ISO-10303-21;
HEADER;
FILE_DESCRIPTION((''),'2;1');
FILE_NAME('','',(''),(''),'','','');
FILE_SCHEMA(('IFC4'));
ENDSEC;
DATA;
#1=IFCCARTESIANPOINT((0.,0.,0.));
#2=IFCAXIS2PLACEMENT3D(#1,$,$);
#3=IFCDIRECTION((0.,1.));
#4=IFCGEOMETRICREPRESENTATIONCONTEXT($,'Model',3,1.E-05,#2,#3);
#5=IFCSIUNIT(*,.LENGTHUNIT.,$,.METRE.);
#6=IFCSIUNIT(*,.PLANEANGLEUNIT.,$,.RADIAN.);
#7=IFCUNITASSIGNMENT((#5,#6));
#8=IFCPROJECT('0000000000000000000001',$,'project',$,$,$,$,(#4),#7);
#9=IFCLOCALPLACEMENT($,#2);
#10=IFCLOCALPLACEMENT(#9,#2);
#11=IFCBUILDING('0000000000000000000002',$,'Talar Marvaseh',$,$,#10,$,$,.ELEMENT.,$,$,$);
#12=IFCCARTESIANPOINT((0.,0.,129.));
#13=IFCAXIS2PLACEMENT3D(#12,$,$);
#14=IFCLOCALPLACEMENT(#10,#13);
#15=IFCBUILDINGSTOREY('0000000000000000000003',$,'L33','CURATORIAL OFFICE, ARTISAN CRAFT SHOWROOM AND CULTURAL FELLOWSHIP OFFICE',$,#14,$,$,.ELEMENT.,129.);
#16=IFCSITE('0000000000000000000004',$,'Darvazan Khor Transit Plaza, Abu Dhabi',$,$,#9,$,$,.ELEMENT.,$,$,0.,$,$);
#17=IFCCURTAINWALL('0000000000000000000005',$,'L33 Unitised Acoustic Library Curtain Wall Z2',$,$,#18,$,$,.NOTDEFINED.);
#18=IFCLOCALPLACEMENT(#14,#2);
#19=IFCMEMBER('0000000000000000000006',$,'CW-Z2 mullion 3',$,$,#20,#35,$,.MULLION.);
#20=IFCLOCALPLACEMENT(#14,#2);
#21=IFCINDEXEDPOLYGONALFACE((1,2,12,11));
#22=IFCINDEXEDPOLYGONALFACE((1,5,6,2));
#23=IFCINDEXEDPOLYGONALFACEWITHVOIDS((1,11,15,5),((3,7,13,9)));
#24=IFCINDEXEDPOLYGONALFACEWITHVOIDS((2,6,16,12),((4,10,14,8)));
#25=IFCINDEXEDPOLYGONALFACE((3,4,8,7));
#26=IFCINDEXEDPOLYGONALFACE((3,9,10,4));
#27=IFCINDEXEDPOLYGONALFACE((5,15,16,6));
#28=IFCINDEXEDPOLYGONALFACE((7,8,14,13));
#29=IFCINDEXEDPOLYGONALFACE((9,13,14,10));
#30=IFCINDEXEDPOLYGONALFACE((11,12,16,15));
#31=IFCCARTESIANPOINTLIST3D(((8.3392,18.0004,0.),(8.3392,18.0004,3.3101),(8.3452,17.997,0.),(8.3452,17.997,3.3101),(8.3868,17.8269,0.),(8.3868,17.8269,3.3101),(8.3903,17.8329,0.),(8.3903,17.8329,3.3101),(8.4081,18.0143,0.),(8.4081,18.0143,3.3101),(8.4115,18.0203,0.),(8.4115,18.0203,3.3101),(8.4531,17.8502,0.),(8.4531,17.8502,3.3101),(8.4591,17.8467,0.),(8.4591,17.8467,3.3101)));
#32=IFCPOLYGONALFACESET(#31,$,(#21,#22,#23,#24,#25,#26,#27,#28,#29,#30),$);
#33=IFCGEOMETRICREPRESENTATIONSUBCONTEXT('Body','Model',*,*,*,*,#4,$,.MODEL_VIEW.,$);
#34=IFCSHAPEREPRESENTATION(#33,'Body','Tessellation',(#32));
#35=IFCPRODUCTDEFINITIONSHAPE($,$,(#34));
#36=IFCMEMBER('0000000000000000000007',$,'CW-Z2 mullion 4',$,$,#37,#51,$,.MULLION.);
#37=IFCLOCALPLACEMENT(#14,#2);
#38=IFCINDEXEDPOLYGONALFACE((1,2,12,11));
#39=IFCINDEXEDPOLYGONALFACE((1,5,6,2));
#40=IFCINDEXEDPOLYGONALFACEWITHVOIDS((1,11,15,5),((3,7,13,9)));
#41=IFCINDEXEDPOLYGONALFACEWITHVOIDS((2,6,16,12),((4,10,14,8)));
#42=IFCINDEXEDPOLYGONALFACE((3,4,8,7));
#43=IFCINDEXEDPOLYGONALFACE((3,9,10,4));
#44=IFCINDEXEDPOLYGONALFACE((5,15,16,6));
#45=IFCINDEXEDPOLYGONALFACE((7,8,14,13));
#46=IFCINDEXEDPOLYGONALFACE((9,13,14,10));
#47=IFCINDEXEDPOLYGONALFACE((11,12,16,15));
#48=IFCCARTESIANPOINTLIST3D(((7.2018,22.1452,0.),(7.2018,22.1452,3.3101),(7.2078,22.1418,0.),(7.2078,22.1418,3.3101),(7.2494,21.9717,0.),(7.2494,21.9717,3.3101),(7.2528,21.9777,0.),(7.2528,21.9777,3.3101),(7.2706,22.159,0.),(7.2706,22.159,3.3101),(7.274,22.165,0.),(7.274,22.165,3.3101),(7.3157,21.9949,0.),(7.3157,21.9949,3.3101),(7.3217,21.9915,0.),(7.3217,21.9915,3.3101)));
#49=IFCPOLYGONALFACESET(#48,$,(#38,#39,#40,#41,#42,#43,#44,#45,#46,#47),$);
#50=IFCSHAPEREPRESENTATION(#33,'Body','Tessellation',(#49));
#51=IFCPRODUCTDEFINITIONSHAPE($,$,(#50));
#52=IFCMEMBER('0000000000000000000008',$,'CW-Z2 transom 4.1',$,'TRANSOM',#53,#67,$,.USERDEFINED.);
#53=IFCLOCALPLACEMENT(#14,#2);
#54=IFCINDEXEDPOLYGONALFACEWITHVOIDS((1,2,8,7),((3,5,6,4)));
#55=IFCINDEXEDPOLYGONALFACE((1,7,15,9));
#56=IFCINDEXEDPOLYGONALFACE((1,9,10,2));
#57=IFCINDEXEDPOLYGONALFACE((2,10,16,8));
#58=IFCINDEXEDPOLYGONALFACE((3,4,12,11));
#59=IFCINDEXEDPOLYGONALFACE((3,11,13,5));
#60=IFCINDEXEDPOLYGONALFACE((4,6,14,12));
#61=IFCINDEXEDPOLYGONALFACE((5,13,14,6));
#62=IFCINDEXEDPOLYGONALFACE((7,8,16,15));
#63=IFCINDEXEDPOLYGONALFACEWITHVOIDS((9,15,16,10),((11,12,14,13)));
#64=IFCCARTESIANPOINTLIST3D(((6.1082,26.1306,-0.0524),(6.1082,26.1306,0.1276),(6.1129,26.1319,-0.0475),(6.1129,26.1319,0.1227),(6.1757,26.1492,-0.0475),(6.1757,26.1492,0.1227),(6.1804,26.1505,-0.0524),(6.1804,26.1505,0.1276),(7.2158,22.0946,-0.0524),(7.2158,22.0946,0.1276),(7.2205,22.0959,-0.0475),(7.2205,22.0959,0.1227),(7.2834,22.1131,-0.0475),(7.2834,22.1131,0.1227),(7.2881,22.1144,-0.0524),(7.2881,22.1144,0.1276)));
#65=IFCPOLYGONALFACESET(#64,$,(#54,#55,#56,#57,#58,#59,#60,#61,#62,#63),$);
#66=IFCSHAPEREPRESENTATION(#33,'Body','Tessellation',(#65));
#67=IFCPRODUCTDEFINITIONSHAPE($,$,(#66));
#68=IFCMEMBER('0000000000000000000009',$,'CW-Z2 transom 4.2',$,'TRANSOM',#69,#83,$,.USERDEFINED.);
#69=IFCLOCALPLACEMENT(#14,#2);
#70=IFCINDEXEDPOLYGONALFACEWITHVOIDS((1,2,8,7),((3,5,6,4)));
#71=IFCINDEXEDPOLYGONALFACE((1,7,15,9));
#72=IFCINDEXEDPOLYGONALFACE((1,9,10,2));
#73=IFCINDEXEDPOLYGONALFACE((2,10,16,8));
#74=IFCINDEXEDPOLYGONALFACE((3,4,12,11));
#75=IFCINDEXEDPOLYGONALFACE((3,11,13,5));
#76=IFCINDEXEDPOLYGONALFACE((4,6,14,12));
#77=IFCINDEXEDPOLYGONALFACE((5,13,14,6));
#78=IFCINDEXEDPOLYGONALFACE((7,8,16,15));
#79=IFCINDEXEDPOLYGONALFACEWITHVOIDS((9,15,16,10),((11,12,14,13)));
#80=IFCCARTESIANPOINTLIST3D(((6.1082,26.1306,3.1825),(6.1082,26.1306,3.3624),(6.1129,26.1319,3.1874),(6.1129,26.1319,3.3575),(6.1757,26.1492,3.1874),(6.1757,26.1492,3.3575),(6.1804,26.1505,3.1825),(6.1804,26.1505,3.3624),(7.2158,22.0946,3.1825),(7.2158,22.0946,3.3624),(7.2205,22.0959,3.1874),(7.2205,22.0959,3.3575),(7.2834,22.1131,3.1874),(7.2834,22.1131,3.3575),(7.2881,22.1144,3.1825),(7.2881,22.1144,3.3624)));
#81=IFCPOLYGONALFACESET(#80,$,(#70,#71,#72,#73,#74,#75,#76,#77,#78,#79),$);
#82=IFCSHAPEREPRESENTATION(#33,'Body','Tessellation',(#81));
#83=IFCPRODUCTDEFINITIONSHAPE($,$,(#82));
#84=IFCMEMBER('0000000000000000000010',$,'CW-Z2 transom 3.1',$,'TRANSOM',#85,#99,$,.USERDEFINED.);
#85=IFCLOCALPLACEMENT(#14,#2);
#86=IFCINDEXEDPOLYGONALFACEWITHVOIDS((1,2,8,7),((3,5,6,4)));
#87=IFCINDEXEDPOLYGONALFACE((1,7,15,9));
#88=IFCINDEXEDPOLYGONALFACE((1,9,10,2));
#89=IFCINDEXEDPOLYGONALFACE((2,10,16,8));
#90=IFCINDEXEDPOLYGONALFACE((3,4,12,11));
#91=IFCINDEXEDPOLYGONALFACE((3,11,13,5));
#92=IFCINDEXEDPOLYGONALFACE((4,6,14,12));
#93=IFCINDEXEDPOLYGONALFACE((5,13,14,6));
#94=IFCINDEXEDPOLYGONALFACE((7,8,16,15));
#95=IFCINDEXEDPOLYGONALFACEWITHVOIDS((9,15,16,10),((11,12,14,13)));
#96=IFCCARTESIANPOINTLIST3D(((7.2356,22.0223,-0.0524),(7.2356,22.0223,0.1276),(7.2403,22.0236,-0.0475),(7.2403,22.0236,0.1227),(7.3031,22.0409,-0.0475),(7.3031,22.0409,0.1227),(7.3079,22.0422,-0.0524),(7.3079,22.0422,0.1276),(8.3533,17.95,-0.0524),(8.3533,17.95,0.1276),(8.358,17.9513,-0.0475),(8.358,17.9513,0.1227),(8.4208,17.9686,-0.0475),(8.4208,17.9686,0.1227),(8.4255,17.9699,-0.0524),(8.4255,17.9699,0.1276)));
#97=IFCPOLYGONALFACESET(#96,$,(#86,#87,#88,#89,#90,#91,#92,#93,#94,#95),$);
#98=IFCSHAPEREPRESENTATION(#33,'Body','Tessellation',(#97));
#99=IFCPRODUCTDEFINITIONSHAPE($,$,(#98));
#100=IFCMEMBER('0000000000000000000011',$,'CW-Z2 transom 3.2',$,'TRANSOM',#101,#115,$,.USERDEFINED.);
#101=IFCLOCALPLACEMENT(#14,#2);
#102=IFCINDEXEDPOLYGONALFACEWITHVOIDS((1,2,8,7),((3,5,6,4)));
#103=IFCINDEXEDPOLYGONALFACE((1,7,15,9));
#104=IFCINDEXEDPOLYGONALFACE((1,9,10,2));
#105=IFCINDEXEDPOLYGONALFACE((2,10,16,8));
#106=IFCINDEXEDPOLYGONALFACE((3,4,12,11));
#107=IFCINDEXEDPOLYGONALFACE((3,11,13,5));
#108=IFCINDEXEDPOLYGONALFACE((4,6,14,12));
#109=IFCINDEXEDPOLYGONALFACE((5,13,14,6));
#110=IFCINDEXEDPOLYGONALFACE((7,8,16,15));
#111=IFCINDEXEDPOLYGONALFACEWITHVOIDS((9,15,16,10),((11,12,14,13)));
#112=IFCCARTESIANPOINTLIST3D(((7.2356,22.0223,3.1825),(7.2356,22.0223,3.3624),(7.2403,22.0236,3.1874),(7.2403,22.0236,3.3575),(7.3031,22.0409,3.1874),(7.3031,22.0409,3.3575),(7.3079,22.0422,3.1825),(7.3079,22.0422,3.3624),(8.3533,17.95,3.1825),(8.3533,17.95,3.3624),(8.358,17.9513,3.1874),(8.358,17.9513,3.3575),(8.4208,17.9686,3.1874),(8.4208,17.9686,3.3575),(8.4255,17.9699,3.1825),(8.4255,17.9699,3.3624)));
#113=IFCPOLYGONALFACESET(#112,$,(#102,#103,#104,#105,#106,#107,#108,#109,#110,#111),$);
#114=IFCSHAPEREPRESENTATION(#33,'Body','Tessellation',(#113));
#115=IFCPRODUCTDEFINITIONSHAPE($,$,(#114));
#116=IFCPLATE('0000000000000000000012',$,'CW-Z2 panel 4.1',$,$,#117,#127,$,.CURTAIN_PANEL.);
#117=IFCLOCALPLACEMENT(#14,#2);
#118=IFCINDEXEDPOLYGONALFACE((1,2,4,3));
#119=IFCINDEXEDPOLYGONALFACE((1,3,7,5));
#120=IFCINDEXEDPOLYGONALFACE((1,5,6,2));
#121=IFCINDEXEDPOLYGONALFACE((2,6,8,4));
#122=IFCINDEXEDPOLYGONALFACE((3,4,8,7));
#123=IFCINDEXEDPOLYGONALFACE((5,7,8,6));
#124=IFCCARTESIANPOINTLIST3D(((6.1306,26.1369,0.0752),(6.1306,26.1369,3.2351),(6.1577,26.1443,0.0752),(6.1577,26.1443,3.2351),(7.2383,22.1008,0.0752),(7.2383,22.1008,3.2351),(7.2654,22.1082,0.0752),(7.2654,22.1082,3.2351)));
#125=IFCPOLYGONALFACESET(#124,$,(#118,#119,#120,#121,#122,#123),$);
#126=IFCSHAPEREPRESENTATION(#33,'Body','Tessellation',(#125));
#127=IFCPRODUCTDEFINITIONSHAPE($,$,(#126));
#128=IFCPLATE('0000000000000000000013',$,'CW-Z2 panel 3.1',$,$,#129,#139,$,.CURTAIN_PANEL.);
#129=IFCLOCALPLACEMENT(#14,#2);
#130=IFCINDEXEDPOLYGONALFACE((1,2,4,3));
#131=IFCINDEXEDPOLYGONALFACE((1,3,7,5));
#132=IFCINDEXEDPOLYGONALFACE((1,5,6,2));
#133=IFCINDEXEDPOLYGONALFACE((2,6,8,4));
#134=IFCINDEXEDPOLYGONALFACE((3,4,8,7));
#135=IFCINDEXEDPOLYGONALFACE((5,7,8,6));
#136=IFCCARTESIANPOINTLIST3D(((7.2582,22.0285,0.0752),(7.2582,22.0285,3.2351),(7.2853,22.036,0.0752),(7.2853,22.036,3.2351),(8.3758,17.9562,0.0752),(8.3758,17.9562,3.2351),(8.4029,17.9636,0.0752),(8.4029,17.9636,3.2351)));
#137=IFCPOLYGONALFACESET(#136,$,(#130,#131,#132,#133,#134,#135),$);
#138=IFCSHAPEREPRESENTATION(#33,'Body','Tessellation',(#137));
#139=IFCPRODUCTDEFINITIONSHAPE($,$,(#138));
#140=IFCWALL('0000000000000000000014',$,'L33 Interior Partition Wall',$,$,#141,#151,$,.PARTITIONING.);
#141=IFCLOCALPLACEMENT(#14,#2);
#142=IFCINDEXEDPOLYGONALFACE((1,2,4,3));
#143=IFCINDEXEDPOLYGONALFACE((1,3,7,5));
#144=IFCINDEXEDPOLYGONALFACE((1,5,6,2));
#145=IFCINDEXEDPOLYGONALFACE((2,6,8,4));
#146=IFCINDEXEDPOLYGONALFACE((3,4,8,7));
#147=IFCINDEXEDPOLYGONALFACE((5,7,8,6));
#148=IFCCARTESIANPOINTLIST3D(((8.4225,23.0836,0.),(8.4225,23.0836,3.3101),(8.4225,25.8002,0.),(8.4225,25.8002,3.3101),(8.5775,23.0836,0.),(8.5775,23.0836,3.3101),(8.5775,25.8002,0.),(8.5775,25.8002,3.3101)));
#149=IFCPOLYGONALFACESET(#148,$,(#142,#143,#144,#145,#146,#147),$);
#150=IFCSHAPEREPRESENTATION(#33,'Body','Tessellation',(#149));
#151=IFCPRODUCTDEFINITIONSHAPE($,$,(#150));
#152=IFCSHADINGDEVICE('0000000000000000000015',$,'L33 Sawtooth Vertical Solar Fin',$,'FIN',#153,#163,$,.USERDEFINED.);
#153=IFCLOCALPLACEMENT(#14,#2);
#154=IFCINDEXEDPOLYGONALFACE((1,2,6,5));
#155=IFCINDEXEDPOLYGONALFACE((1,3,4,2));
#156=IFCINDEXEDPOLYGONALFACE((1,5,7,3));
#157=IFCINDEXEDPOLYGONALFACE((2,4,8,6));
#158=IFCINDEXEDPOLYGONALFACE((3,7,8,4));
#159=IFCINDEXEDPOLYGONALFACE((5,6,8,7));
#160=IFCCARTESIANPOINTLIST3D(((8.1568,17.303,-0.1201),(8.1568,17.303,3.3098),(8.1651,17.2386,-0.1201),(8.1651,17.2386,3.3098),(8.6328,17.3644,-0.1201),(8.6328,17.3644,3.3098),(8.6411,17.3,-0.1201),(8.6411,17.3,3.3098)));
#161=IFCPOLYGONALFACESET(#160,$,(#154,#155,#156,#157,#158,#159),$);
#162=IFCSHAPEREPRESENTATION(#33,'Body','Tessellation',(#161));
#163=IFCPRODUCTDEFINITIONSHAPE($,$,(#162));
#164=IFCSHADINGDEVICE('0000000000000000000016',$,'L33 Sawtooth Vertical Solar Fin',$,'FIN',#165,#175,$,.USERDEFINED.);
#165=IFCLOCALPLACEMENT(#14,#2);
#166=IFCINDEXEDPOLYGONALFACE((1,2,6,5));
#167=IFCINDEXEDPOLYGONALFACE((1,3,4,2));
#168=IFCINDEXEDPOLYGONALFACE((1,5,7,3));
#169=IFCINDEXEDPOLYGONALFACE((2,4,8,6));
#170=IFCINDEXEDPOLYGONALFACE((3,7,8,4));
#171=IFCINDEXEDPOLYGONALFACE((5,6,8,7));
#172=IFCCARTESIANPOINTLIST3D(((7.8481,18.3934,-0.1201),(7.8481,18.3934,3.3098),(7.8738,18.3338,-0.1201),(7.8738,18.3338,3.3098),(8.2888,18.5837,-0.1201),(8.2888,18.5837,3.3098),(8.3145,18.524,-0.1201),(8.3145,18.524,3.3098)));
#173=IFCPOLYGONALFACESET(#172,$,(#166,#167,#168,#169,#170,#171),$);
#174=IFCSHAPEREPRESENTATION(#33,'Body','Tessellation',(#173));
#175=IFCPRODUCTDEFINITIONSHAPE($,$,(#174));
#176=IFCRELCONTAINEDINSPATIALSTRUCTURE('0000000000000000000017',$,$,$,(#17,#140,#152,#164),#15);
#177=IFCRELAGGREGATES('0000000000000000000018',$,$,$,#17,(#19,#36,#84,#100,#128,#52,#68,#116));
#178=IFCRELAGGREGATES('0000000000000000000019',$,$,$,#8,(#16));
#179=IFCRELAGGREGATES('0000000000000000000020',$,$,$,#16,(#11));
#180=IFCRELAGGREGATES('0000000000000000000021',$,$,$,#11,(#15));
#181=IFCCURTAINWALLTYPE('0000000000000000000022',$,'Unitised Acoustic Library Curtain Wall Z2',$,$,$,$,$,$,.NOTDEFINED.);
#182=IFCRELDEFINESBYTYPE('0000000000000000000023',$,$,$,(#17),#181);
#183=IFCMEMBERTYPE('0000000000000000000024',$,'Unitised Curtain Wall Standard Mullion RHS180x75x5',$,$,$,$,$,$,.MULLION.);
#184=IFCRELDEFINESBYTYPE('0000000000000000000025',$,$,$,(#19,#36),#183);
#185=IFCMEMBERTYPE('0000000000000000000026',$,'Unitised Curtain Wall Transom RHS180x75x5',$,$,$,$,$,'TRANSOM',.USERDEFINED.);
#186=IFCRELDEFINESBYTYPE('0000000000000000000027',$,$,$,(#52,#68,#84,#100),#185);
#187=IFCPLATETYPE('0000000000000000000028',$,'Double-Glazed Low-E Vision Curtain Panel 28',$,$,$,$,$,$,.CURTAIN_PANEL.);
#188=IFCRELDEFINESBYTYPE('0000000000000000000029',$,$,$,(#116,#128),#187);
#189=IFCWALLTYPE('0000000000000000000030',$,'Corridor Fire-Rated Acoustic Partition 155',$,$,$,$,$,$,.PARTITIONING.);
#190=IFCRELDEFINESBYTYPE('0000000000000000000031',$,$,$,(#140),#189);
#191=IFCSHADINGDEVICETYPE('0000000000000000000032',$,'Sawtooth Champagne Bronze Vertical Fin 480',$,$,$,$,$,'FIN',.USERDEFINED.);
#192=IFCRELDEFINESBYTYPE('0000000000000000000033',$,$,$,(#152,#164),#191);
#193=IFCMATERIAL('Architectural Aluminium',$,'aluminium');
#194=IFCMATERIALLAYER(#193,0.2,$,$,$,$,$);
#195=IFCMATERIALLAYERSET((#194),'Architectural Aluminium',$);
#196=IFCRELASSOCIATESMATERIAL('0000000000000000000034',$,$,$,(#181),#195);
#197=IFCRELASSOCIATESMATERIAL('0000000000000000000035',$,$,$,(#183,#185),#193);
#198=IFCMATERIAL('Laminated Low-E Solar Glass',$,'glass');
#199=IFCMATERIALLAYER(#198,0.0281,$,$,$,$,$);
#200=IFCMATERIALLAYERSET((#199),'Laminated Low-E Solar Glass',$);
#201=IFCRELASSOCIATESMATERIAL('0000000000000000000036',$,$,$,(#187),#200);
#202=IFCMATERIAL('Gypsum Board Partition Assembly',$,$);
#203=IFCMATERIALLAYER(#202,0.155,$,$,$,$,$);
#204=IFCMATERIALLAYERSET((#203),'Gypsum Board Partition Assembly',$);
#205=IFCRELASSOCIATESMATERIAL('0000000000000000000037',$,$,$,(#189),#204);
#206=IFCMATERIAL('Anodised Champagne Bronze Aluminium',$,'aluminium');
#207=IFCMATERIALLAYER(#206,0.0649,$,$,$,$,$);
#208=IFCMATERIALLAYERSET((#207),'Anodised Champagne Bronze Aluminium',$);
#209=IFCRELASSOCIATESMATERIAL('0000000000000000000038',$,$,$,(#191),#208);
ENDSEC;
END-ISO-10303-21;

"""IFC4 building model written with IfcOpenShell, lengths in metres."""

from ifc_helpers import new_model, si_unit, direction, frame, frame_2d, origin, origin_2d, place, context, subcontext, project, spatial, rectangle, hollow_rectangle, extrude, source, transform, mapped, material, layer, layer_set, material_profile, profile_set, type_object, type_shapes, element, aggregate, save


model = new_model("IFC4")

# Units and contexts
model_context = context("Model", 3, precision=1e-05, world=origin(), true_north=direction((0.0, 1.0)))
body_context = subcontext(model_context, "Body", "Model", "MODEL_VIEW")
ifc_project = project(units=[si_unit("LENGTHUNIT", "METRE"), si_unit("PLANEANGLEUNIT", "RADIAN")], contexts=[model_context])

# Site, building, storey
site_placement = place(None, origin())
site = spatial("IfcSite", under=ifc_project, at=site_placement, Name="Darvazan Khor Transit Plaza, Abu Dhabi", CompositionType="ELEMENT", RefElevation=0.0)
building_placement = place(site_placement, origin())
building = spatial("IfcBuilding", under=site, at=building_placement, Name="Talar Marvaseh", CompositionType="ELEMENT")
storey_placement = place(building_placement, frame((0.0, 0.0, 129.0)))
storey = spatial("IfcBuildingStorey", under=building, at=storey_placement, Name="L33", Description="CURATORIAL OFFICE, ARTISAN CRAFT SHOWROOM AND CULTURAL FELLOWSHIP OFFICE", CompositionType="ELEMENT", Elevation=129.0)

# Curtain wall, members, plates
ifc_material_1 = material(Name="Architectural Aluminium", Category="aluminium")
ifc_layer_1 = layer(ifc_material_1, 0.2)
ifc_layer_set_1 = layer_set([ifc_layer_1], Name="Architectural Aluminium")
curtain_wall_type = type_object("IfcCurtainWallType", Name="Unitised Acoustic Library Curtain Wall Z2", PredefinedType="NOTDEFINED", material=ifc_layer_set_1)
curtain_wall_placement = place(storey_placement, origin())
curtain_wall = element("IfcCurtainWall", 1, at=curtain_wall_placement, inside=storey, type_object=curtain_wall_type, Name="L33 Unitised Acoustic Library Curtain Wall Z2", PredefinedType="NOTDEFINED")
ifc_material_profile_1 = material_profile(ifc_material_1, hollow_rectangle(XDim=0.075, YDim=0.1799, WallThickness=0.0049, at=origin_2d()), Name="RHS180x75x5")
ifc_profile_set_1 = profile_set([ifc_material_profile_1], Name="Architectural Aluminium")
member_type_1 = type_object("IfcMemberType", Name="Unitised Curtain Wall Standard Mullion RHS180x75x5", PredefinedType="MULLION", material=ifc_profile_set_1)
shared_shape_1 = source(origin(), body_context, "Body", "SweptSolid", [
    extrude(hollow_rectangle(XDim=0.075, YDim=0.1799, WallThickness=0.0049, at=origin_2d()), origin(), (0.0, 0.0, 1.0), 3.3101),
])
type_shapes(member_type_1, [shared_shape_1])
member_1_placement = place(storey_placement, frame((8.3992, 17.9236, 0.0), z_axis=(0.0, 0.0, 1.0), x_axis=(-0.964345, -0.264647, 0.0)))
member_1 = element("IfcMember", 2, at=member_1_placement, type_object=member_type_1, Name="CW-Z2 mullion 3", PredefinedType="MULLION", context=body_context, shape_type="MappedRepresentation", body=[
    mapped(shared_shape_1, transform((0.0, 0.0, 0.0), x_axis=(1.0, 0.0, 0.0), y_axis=(0.0, 1.0, 0.0), z_axis=(0.0, 0.0, 1.0), scale=1.0)),
])
member_2_placement = place(storey_placement, frame((7.2617, 22.0684, 0.0), z_axis=(0.0, 0.0, 1.0), x_axis=(-0.964345, -0.264647, 0.0)))
member_2 = element("IfcMember", 3, at=member_2_placement, type_object=member_type_1, Name="CW-Z2 mullion 4", PredefinedType="MULLION", context=body_context, shape_type="MappedRepresentation", body=[
    mapped(shared_shape_1, transform((0.0, 0.0, 0.0), x_axis=(1.0, 0.0, 0.0), y_axis=(0.0, 1.0, 0.0), z_axis=(0.0, 0.0, 1.0), scale=1.0)),
])
ifc_material_profile_2 = material_profile(ifc_material_1, hollow_rectangle(XDim=0.075, YDim=0.1799, WallThickness=0.0049, at=origin_2d()), Name="RHS180x75x5")
ifc_profile_set_2 = profile_set([ifc_material_profile_2], Name="Architectural Aluminium")
member_type_2 = type_object("IfcMemberType", Name="Unitised Curtain Wall Transom RHS180x75x5", ElementType="TRANSOM", PredefinedType="USERDEFINED", material=ifc_profile_set_2)
shared_shape_2 = source(origin(), body_context, "Body", "SweptSolid", [
    extrude(hollow_rectangle(XDim=0.075, YDim=0.1799, WallThickness=0.0049, at=origin_2d()), origin(), (0.0, 0.0, 1.0), 4.1853),
])
member_3_placement = place(storey_placement, frame((7.252, 22.1045, 0.0376), z_axis=(-0.264652, 0.964344, 0.0), x_axis=(-0.964344, -0.264652, 0.0)))
member_3 = element("IfcMember", 4, at=member_3_placement, type_object=member_type_2, Name="CW-Z2 transom 4.1", ObjectType="TRANSOM", PredefinedType="USERDEFINED", context=body_context, shape_type="MappedRepresentation", body=[
    mapped(shared_shape_2, transform((0.0, 0.0, 0.0), x_axis=(1.0, 0.0, 0.0), y_axis=(0.0, 1.0, 0.0), z_axis=(0.0, 0.0, 1.0), scale=1.0)),
])
member_4_placement = place(storey_placement, frame((7.252, 22.1045, 3.2725), z_axis=(-0.264652, 0.964344, 0.0), x_axis=(-0.964344, -0.264652, 0.0)))
member_4 = element("IfcMember", 5, at=member_4_placement, type_object=member_type_2, Name="CW-Z2 transom 4.2", ObjectType="TRANSOM", PredefinedType="USERDEFINED", context=body_context, shape_type="MappedRepresentation", body=[
    mapped(shared_shape_2, transform((0.0, 0.0, 0.0), x_axis=(1.0, 0.0, 0.0), y_axis=(0.0, 1.0, 0.0), z_axis=(0.0, 0.0, 1.0), scale=1.0)),
])
shared_shape_3 = source(origin(), body_context, "Body", "SweptSolid", [
    extrude(hollow_rectangle(XDim=0.075, YDim=0.1799, WallThickness=0.0049, at=origin_2d()), origin(), (0.0, 0.0, 1.0), 4.2229),
])
type_shapes(member_type_2, [shared_shape_2, shared_shape_3])
member_5_placement = place(storey_placement, frame((8.3894, 17.96, 0.0376), z_axis=(-0.264673, 0.964338, 0.0), x_axis=(-0.964338, -0.264673, 0.0)))
member_5 = element("IfcMember", 6, at=member_5_placement, type_object=member_type_2, Name="CW-Z2 transom 3.1", ObjectType="TRANSOM", PredefinedType="USERDEFINED", context=body_context, shape_type="MappedRepresentation", body=[
    mapped(shared_shape_3, transform((0.0, 0.0, 0.0), x_axis=(1.0, 0.0, 0.0), y_axis=(0.0, 1.0, 0.0), z_axis=(0.0, 0.0, 1.0), scale=1.0)),
])
member_6_placement = place(storey_placement, frame((8.3894, 17.96, 3.2725), z_axis=(-0.264673, 0.964338, 0.0), x_axis=(-0.964338, -0.264673, 0.0)))
member_6 = element("IfcMember", 7, at=member_6_placement, type_object=member_type_2, Name="CW-Z2 transom 3.2", ObjectType="TRANSOM", PredefinedType="USERDEFINED", context=body_context, shape_type="MappedRepresentation", body=[
    mapped(shared_shape_3, transform((0.0, 0.0, 0.0), x_axis=(1.0, 0.0, 0.0), y_axis=(0.0, 1.0, 0.0), z_axis=(0.0, 0.0, 1.0), scale=1.0)),
])
ifc_material_2 = material(Name="Laminated Low-E Solar Glass", Category="glass")
ifc_layer_2 = layer(ifc_material_2, 0.0281)
ifc_layer_set_2 = layer_set([ifc_layer_2], Name="Laminated Low-E Solar Glass")
plate_type = type_object("IfcPlateType", Name="Double-Glazed Low-E Vision Curtain Panel 28", PredefinedType="CURTAIN_PANEL", material=ifc_layer_set_2)
shared_shape_4 = source(origin(), body_context, "Body", "SweptSolid", [
    extrude(rectangle(XDim=4.1853, YDim=0.0281, at=origin_2d()), origin(), (0.0, 0.0, 1.0), 3.1599),
])
plate_1_placement = place(storey_placement, frame((6.698, 24.1226, 0.0752), z_axis=(0.0, 0.0, 1.0), x_axis=(-0.264647, 0.964345, 0.0)))
plate_1 = element("IfcPlate", 8, at=plate_1_placement, type_object=plate_type, Name="CW-Z2 panel 4.1", PredefinedType="CURTAIN_PANEL", context=body_context, shape_type="MappedRepresentation", body=[
    mapped(shared_shape_4, transform((0.0, 0.0, 0.0), x_axis=(1.0, 0.0, 0.0), y_axis=(0.0, 1.0, 0.0), z_axis=(0.0, 0.0, 1.0), scale=1.0)),
])
shared_shape_5 = source(origin(), body_context, "Body", "SweptSolid", [
    extrude(rectangle(XDim=4.2229, YDim=0.0281, at=origin_2d()), origin(), (0.0, 0.0, 1.0), 3.1599),
])
type_shapes(plate_type, [shared_shape_4, shared_shape_5])
plate_2_placement = place(storey_placement, frame((7.8306, 19.9961, 0.0752), z_axis=(0.0, 0.0, 1.0), x_axis=(-0.264647, 0.964345, 0.0)))
plate_2 = element("IfcPlate", 9, at=plate_2_placement, type_object=plate_type, Name="CW-Z2 panel 3.1", PredefinedType="CURTAIN_PANEL", context=body_context, shape_type="MappedRepresentation", body=[
    mapped(shared_shape_5, transform((0.0, 0.0, 0.0), x_axis=(1.0, 0.0, 0.0), y_axis=(0.0, 1.0, 0.0), z_axis=(0.0, 0.0, 1.0), scale=1.0)),
])
aggregate(curtain_wall, [member_1, member_2, member_5, member_6, plate_2, member_3, member_4, plate_1])

# Wall
ifc_material_3 = material(Name="Gypsum Board Partition Assembly")
ifc_layer_3 = layer(ifc_material_3, 0.155)
ifc_layer_set_3 = layer_set([ifc_layer_3], Name="Gypsum Board Partition Assembly")
wall_type = type_object("IfcWallType", Name="Corridor Fire-Rated Acoustic Partition 155", PredefinedType="PARTITIONING", material=ifc_layer_set_3)
wall_placement = place(storey_placement, frame((8.5, 23.0835, 0.0), z_axis=(0.0, 0.0, 1.0), x_axis=(0.0, 1.0, 0.0)))
element("IfcWall", 10, at=wall_placement, inside=storey, type_object=wall_type, Name="L33 Interior Partition Wall", PredefinedType="PARTITIONING", context=body_context, shape_type="SweptSolid", body=[
    extrude(rectangle(XDim=2.7166, YDim=0.155, at=frame_2d((1.3584, 0.0))), origin(), (0.0, 0.0, 1.0), 3.3101),
])

# Shading devices
ifc_material_4 = material(Name="Anodised Champagne Bronze Aluminium", Category="aluminium")
ifc_layer_4 = layer(ifc_material_4, 0.0649)
ifc_layer_set_4 = layer_set([ifc_layer_4], Name="Anodised Champagne Bronze Aluminium")
shading_device_type_1 = type_object("IfcShadingDeviceType", Name="Sawtooth Champagne Bronze Vertical Fin 480", ElementType="FIN", PredefinedType="USERDEFINED", material=ifc_layer_set_4)
shared_shape_6 = source(origin(), body_context, "Body", "SweptSolid", [
    extrude(rectangle(XDim=0.48, YDim=0.0649, at=origin_2d()), origin(), (0.0, 0.0, 1.0), 3.4299),
])
type_shapes(shading_device_type_1, [shared_shape_6])
for number, where, z_axis, x_axis, name in (
    (11, (8.3989, 17.3015, -0.1201), (0.0, 0.0, 1.0), (-0.991783, -0.12793, 0.0), "L33 Sawtooth Vertical Solar Fin"),
    (12, (8.0813, 18.4587, -0.1201), (0.0, 0.0, 1.0), (-0.918101, -0.396347, 0.0), "L33 Sawtooth Vertical Solar Fin"),
):
    element("IfcShadingDevice", number, at=place(storey_placement, frame(where, z_axis=z_axis, x_axis=x_axis)), inside=storey, type_object=shading_device_type_1, Name=name, ObjectType="FIN", PredefinedType="USERDEFINED", context=body_context, shape_type="MappedRepresentation", body=[
        mapped(shared_shape_6, transform((0.0, 0.0, 0.0), x_axis=(1.0, 0.0, 0.0), y_axis=(0.0, 1.0, 0.0), z_axis=(0.0, 0.0, 1.0), scale=1.0)),
    ])

save(model, "model.ifc")
